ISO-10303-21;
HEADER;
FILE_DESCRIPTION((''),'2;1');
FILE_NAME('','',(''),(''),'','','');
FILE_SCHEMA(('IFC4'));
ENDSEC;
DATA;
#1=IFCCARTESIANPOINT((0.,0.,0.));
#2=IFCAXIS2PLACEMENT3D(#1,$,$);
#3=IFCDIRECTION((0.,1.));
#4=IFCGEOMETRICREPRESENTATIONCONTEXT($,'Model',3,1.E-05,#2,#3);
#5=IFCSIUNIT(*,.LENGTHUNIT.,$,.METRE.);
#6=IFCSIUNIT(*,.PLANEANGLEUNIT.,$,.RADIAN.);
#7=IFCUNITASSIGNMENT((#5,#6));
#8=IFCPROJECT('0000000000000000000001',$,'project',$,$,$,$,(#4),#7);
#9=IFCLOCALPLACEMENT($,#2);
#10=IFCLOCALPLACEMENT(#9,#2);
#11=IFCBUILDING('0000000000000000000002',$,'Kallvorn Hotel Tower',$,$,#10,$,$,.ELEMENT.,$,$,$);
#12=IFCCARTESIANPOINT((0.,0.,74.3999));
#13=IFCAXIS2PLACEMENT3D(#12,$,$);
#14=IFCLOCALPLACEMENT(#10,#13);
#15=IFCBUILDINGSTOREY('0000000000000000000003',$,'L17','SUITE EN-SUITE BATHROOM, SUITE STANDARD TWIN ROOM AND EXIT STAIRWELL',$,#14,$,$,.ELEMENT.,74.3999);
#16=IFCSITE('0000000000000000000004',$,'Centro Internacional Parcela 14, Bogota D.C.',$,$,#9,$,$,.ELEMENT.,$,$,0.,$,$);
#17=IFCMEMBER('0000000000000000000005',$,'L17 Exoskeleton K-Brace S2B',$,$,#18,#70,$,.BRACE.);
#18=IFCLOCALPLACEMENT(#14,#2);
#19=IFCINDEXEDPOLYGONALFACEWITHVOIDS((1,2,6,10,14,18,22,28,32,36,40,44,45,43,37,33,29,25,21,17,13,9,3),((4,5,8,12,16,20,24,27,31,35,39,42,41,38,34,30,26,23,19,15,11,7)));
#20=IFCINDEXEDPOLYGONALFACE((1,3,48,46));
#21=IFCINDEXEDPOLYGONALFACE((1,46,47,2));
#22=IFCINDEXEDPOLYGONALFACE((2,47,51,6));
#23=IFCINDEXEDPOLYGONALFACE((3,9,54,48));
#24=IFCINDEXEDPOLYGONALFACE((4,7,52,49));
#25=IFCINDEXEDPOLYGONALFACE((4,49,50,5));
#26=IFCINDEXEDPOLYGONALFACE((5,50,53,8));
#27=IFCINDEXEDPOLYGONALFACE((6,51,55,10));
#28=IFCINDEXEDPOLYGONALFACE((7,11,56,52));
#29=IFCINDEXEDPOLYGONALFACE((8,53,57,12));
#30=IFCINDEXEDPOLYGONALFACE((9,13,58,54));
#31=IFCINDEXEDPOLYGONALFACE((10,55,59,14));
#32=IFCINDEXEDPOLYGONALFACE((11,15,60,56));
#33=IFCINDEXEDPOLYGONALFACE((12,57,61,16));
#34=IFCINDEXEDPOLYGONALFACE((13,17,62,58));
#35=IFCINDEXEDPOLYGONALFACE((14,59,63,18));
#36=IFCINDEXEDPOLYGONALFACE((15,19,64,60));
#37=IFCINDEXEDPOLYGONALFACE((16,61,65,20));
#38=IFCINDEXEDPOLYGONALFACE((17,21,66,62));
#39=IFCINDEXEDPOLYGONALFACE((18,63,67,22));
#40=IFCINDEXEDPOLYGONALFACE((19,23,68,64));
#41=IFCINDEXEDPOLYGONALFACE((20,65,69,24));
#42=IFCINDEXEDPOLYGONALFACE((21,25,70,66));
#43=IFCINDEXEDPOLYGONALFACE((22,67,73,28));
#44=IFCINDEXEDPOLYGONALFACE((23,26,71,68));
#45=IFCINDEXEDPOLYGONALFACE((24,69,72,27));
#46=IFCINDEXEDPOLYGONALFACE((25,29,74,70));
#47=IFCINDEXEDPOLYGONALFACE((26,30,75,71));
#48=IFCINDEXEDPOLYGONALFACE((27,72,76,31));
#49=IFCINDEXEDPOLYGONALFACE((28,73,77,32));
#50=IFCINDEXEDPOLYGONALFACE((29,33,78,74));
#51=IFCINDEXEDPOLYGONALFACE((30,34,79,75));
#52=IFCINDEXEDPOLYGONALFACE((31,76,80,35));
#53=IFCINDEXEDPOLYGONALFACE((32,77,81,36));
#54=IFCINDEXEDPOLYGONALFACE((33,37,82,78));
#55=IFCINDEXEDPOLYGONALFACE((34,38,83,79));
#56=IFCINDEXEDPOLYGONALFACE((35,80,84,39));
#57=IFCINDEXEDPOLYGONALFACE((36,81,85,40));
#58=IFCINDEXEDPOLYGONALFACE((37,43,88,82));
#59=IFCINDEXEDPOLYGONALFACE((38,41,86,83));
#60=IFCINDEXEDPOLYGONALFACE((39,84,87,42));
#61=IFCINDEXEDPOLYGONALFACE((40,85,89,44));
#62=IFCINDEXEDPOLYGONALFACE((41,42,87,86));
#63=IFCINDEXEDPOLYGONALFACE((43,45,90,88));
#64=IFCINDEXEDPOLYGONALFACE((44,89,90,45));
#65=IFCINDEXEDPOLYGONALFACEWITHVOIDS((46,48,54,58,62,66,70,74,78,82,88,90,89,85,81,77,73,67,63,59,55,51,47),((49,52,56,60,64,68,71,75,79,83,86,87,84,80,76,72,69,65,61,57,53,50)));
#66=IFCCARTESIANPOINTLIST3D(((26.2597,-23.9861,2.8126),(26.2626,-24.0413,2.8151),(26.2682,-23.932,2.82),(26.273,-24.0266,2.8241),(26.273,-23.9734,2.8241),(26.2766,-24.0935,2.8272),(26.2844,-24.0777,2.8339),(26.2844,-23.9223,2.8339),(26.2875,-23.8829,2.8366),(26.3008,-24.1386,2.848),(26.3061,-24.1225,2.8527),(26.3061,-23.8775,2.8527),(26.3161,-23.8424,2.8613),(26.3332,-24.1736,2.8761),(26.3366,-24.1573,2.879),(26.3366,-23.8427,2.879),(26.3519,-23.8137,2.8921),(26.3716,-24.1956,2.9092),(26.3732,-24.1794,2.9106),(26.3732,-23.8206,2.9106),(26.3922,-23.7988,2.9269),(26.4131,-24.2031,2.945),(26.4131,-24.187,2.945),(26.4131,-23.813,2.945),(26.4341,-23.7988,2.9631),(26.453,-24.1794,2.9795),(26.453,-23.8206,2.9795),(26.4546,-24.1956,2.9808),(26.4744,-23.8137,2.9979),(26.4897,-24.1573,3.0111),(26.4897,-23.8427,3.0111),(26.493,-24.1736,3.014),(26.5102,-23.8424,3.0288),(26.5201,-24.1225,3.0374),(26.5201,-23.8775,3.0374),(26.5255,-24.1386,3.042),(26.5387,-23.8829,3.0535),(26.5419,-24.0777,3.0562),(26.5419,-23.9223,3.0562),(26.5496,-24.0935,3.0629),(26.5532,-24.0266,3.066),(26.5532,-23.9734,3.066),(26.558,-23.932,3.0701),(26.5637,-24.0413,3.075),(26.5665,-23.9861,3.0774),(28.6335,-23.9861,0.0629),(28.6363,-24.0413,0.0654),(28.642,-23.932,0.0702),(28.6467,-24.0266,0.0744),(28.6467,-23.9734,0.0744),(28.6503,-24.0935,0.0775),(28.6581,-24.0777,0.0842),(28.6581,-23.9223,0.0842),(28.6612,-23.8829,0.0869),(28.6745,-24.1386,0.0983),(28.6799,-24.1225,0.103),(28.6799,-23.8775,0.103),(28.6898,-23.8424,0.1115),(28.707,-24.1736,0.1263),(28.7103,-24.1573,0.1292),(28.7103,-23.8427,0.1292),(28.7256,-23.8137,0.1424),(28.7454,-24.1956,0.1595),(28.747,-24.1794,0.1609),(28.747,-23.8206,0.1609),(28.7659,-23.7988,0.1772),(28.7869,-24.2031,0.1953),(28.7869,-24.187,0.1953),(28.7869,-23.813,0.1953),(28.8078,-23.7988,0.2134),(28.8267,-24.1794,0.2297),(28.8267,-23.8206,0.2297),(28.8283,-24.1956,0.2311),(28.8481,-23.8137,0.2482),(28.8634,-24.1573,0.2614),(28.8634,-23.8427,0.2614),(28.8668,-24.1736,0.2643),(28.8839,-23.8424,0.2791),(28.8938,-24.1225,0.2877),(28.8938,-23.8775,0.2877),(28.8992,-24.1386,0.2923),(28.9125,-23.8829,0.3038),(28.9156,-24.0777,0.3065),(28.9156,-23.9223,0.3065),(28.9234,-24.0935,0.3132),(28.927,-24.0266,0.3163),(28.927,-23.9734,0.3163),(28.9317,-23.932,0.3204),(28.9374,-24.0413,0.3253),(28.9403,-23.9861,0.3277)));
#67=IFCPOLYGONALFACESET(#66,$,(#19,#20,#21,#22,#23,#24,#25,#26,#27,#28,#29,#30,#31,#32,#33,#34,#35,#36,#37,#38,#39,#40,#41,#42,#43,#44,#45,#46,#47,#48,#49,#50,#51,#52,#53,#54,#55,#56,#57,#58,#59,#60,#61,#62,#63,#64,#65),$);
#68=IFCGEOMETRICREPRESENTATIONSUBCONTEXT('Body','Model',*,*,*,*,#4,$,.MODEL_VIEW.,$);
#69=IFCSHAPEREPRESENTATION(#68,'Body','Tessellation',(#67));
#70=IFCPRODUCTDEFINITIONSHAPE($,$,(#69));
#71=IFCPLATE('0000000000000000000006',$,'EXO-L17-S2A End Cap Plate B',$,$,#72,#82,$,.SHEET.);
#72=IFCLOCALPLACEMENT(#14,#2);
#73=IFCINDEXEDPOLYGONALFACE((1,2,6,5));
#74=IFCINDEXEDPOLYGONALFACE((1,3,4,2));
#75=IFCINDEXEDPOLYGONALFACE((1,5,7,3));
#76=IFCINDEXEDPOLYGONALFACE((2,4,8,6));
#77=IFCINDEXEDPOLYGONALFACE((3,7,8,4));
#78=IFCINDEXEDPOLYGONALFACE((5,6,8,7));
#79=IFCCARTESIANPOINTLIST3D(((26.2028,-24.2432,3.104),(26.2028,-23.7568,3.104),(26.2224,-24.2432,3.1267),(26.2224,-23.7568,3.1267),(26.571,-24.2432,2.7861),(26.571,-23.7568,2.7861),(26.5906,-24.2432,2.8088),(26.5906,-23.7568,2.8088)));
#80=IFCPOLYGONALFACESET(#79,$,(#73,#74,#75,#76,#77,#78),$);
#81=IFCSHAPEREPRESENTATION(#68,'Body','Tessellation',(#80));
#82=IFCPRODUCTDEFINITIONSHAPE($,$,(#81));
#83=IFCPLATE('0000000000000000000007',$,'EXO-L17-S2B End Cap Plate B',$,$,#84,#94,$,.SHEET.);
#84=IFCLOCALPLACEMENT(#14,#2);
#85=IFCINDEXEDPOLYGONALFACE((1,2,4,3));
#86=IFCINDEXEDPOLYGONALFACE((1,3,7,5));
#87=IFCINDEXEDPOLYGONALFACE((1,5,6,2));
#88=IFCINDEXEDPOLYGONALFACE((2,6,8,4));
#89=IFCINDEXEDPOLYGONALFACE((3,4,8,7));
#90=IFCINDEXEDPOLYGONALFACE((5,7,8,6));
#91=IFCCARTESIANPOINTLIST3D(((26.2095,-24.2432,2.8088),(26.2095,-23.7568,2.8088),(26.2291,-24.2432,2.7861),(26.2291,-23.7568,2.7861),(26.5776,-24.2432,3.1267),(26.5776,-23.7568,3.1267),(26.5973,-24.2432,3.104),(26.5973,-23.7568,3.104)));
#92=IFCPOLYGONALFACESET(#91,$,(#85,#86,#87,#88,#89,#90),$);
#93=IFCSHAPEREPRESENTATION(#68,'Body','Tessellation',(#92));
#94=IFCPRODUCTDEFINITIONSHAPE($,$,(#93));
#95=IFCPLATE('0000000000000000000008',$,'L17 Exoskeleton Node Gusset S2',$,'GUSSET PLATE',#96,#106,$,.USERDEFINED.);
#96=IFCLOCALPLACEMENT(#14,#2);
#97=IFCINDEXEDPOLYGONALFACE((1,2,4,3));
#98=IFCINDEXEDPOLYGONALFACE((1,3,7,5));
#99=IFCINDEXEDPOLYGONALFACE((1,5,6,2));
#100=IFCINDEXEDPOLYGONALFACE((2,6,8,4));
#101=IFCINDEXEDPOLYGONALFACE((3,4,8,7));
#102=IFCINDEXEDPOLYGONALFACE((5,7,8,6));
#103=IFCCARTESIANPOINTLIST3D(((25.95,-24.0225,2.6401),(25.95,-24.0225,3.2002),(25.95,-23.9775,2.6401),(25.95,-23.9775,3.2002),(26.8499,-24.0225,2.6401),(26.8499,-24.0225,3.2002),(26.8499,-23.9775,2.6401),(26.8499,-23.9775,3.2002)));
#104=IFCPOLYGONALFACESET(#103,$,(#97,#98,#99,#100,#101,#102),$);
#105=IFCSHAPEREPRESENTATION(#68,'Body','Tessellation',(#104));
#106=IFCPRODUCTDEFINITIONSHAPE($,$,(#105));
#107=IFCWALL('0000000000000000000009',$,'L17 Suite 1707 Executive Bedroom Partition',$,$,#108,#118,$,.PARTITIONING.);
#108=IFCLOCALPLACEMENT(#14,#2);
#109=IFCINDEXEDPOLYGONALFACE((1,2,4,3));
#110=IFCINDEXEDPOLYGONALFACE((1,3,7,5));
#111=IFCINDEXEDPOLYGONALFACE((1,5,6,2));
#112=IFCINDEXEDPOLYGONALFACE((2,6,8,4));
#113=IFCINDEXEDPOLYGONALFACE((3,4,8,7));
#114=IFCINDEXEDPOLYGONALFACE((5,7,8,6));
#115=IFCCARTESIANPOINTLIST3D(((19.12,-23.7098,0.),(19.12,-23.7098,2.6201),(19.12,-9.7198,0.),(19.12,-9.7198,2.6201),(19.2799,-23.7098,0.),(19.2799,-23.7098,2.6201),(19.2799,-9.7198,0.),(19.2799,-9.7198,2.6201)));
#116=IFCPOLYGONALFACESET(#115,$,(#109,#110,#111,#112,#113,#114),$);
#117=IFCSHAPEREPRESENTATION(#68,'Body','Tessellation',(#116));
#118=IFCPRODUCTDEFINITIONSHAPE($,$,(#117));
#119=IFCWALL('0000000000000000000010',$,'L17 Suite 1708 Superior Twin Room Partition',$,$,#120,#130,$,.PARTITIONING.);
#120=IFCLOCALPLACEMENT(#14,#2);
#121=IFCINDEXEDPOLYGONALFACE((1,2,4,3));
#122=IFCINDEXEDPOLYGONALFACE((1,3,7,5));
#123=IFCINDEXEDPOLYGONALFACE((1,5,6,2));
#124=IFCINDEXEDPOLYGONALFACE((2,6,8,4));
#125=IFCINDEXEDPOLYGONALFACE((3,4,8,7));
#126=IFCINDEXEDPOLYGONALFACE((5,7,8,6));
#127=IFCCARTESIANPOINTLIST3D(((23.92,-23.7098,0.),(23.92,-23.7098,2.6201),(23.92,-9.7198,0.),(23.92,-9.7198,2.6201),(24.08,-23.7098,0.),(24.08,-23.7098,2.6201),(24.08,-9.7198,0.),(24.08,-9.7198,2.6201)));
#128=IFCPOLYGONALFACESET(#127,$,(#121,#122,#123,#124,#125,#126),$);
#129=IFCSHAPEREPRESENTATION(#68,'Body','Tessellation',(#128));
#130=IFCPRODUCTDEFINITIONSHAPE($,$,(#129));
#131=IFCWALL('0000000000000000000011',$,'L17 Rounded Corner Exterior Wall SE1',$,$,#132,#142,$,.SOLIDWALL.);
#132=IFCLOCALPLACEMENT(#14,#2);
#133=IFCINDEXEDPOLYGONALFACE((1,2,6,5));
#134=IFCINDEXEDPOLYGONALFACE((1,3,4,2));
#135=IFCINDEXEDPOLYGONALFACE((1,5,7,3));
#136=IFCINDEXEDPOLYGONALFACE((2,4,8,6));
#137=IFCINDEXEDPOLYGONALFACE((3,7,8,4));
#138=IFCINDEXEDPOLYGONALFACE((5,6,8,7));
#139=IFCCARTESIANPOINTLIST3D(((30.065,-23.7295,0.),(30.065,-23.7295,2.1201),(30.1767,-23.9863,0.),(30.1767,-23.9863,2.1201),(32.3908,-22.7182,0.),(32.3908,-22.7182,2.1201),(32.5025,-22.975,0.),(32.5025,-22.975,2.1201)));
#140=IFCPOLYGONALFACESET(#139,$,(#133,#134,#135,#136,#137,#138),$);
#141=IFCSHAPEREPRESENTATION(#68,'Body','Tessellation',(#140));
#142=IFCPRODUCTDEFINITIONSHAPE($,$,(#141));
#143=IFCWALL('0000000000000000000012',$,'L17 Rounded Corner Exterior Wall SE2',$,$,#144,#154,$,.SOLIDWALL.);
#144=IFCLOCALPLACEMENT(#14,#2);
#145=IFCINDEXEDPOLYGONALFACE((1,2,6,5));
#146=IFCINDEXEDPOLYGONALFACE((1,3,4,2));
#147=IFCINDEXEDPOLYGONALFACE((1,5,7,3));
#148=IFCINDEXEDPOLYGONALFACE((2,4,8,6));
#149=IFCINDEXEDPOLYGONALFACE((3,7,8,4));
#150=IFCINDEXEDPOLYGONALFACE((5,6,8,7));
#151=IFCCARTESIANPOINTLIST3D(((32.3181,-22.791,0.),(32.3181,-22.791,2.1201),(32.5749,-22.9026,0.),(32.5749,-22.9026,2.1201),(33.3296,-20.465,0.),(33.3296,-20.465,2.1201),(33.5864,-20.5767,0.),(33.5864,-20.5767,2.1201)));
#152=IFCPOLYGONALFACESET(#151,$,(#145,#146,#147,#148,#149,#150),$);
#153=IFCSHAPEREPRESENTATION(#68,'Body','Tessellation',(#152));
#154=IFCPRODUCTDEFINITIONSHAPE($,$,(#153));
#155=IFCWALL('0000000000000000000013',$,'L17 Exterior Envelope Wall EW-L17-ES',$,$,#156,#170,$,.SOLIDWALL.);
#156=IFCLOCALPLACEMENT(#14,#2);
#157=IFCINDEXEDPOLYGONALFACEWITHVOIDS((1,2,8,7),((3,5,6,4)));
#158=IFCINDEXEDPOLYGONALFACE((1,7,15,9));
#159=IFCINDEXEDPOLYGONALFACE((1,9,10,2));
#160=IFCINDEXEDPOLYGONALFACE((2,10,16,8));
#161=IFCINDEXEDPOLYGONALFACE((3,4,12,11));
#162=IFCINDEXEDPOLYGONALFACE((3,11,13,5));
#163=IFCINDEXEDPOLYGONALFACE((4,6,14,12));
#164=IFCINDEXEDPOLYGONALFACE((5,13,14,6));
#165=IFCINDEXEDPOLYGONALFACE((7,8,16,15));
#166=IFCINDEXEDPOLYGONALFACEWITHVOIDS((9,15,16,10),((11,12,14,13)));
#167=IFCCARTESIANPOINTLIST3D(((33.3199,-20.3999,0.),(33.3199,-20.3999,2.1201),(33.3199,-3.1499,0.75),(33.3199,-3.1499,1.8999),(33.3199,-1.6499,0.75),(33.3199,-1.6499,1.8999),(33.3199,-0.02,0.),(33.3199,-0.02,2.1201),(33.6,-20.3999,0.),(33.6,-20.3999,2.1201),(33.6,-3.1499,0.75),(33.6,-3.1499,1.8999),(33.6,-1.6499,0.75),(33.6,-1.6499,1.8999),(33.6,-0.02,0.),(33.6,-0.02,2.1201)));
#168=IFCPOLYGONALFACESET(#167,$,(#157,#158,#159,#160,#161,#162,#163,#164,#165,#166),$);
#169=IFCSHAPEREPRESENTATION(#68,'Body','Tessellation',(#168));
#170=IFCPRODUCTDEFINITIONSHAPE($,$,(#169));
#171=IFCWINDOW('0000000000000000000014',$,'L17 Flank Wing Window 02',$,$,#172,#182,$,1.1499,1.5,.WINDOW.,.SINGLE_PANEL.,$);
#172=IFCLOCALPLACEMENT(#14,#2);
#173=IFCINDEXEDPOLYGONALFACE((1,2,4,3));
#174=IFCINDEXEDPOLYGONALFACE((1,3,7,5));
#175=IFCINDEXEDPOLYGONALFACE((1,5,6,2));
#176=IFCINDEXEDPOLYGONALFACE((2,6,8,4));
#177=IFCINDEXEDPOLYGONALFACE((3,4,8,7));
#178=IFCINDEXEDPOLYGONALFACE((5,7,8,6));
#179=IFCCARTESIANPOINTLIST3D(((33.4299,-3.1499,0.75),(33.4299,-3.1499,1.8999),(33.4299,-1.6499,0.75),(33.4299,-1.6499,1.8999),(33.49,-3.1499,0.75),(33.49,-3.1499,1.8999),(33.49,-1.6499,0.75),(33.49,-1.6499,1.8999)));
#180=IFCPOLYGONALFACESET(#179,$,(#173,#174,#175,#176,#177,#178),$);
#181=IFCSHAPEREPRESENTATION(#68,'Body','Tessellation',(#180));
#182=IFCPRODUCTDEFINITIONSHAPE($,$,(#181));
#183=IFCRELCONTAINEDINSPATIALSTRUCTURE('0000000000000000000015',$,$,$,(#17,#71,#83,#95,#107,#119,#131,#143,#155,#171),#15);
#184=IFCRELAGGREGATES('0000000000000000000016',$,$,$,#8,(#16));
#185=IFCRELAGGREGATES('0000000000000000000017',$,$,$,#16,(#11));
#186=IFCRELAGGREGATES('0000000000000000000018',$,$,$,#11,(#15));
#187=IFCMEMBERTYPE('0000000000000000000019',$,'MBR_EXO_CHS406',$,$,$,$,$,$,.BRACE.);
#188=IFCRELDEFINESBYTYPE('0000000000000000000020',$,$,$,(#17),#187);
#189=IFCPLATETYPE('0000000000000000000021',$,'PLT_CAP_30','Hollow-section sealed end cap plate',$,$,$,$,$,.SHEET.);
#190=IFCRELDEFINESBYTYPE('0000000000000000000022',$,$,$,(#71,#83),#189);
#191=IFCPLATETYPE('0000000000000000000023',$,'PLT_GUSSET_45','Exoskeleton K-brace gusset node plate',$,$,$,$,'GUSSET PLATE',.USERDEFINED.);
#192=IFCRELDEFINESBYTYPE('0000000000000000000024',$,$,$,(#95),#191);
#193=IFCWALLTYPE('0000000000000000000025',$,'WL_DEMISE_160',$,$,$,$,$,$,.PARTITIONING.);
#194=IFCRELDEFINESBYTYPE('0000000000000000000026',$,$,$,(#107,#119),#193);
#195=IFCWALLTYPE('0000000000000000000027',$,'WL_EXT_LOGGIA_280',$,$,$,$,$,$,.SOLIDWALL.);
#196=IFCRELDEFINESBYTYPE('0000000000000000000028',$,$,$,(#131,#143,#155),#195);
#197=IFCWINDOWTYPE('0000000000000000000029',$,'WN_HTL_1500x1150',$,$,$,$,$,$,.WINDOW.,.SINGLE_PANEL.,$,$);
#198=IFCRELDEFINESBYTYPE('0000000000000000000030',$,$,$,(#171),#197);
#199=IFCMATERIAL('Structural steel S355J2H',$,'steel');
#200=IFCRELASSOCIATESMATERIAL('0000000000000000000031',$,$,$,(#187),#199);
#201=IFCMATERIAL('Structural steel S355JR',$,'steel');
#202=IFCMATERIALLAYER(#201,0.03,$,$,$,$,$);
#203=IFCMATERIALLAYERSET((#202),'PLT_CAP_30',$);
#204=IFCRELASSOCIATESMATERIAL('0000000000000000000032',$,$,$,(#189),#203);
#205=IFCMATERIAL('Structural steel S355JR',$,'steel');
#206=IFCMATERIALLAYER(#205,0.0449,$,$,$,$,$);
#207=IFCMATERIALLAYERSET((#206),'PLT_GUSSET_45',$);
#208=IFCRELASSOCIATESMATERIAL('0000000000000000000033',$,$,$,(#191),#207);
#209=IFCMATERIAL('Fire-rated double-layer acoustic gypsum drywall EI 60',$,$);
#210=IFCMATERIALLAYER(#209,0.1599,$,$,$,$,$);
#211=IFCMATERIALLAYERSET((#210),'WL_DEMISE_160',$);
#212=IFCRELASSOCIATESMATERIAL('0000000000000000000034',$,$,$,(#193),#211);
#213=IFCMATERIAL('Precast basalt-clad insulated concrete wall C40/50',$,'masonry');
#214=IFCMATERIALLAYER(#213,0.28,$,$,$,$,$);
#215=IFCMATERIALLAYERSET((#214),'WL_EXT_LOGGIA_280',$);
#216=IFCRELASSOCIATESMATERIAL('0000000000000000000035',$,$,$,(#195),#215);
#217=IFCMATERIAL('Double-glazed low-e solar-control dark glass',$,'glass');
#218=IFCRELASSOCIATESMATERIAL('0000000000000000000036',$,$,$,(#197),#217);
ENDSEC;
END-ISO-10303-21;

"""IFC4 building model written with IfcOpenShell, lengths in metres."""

from ifc_helpers import new_model, si_unit, direction, frame, frame_2d, origin, origin_2d, place, context, subcontext, project, spatial, polyline, rectangle, hollow_circle, outline, extrude, material, layer, layer_set, material_profile, profile_set, type_object, element, fill, save


model = new_model("IFC4")

# Units and contexts
model_context = context("Model", 3, precision=1e-05, world=origin(), true_north=direction((0.0, 1.0)))
body_context = subcontext(model_context, "Body", "Model", "MODEL_VIEW")
ifc_project = project(units=[si_unit("LENGTHUNIT", "METRE"), si_unit("PLANEANGLEUNIT", "RADIAN")], contexts=[model_context])

# Site, building, storey
site_placement = place(None, origin())
site = spatial("IfcSite", under=ifc_project, at=site_placement, Name="Centro Internacional Parcela 14, Bogota D.C.", CompositionType="ELEMENT", RefElevation=0.0)
building_placement = place(site_placement, origin())
building = spatial("IfcBuilding", under=site, at=building_placement, Name="Kallvorn Hotel Tower", CompositionType="ELEMENT")
storey_placement = place(building_placement, frame((0.0, 0.0, 74.3999)))
storey = spatial("IfcBuildingStorey", under=building, at=storey_placement, Name="L17", Description="SUITE EN-SUITE BATHROOM, SUITE STANDARD TWIN ROOM AND EXIT STAIRWELL", CompositionType="ELEMENT", Elevation=74.3999)

# Member
ifc_material_1 = material(Name="Structural steel S355J2H", Category="steel")
ifc_material_profile_1 = material_profile(ifc_material_1, hollow_circle(Radius=0.2031, WallThickness=0.0161, at=origin_2d()), Name="CHS 406.4x16")
ifc_profile_set_1 = profile_set([ifc_material_profile_1], Name="Structural steel S355J2H")
member_type = type_object("IfcMemberType", Name="MBR_EXO_CHS406", PredefinedType="BRACE", material=ifc_profile_set_1)
for number, where, z_axis, x_axis, name in (
    (1, (28.7869, -24.0, 0.1953), (-0.653461, 0.0, 0.756961), (0.0, -1.0, 0.0), "L17 Exoskeleton K-Brace S2B"),
):
    element("IfcMember", number, at=place(storey_placement, frame(where, z_axis=z_axis, x_axis=x_axis)), inside=storey, type_object=member_type, Name=name, PredefinedType="BRACE", context=body_context, shape_type="SweptSolid", body=[
        extrude(hollow_circle(Radius=0.2031, WallThickness=0.0161, at=origin_2d()), origin(), (0.0, 0.0, 1.0), 3.6326),
    ])

# Plates
ifc_material_2 = material(Name="Structural steel S355JR", Category="steel")
ifc_layer_1 = layer(ifc_material_2, 0.03)
ifc_layer_set_1 = layer_set([ifc_layer_1], Name="PLT_CAP_30")
plate_type_1 = type_object("IfcPlateType", Name="PLT_CAP_30", Description="Hollow-section sealed end cap plate", PredefinedType="SHEET", material=ifc_layer_set_1)
for number, where, z_axis, x_axis, name in (
    (2, (26.5906, -24.2432, 2.8088), (0.653515, 0.0, 0.756913), (0.0, 1.0, 0.0), "EXO-L17-S2A End Cap Plate B"),
    (3, (26.2095, -23.7568, 2.8088), (-0.653515, 0.0, 0.756913), (0.0, -1.0, 0.0), "EXO-L17-S2B End Cap Plate B"),
):
    element("IfcPlate", number, at=place(storey_placement, frame(where, z_axis=z_axis, x_axis=x_axis)), inside=storey, type_object=plate_type_1, Name=name, PredefinedType="SHEET", context=body_context, shape_type="SweptSolid", body=[
        extrude(outline(polyline([(0.0, 0.0), (0.4863, 0.0), (0.4863, 0.4864), (0.0, 0.4864), (0.0, 0.0)])), origin(), (0.0, 0.0, -1.0), 0.03),
    ])
ifc_material_3 = material(Name="Structural steel S355JR", Category="steel")
ifc_layer_2 = layer(ifc_material_3, 0.0449)
ifc_layer_set_2 = layer_set([ifc_layer_2], Name="PLT_GUSSET_45")
plate_type_2 = type_object("IfcPlateType", Name="PLT_GUSSET_45", Description="Exoskeleton K-brace gusset node plate", ElementType="GUSSET PLATE", PredefinedType="USERDEFINED", material=ifc_layer_set_2)
plate_placement = place(storey_placement, frame((26.3999, -24.0, 2.6401), z_axis=(0.0, 0.0, 1.0), x_axis=(1.0, 0.0, 0.0)))
element("IfcPlate", 4, at=plate_placement, inside=storey, type_object=plate_type_2, Name="L17 Exoskeleton Node Gusset S2", ObjectType="GUSSET PLATE", PredefinedType="USERDEFINED", context=body_context, shape_type="SweptSolid", body=[
    extrude(rectangle(XDim=0.8999, YDim=0.0449, at=origin_2d()), origin(), (0.0, 0.0, 1.0), 0.5601),
])

# Walls
ifc_material_4 = material(Name="Fire-rated double-layer acoustic gypsum drywall EI 60")
ifc_layer_3 = layer(ifc_material_4, 0.1599)
ifc_layer_set_3 = layer_set([ifc_layer_3], Name="WL_DEMISE_160")
wall_type_1 = type_object("IfcWallType", Name="WL_DEMISE_160", PredefinedType="PARTITIONING", material=ifc_layer_set_3)
for number, where, z_axis, x_axis, name in (
    (5, (19.2, -23.71, 0.0), (0.0, 0.0, 1.0), (0.0, 1.0, 0.0), "L17 Suite 1707 Executive Bedroom Partition"),
    (6, (24.0, -23.71, 0.0), (0.0, 0.0, 1.0), (0.0, 1.0, 0.0), "L17 Suite 1708 Superior Twin Room Partition"),
):
    element("IfcWall", number, at=place(storey_placement, frame(where, z_axis=z_axis, x_axis=x_axis)), inside=storey, type_object=wall_type_1, Name=name, PredefinedType="PARTITIONING", context=body_context, shape_type="SweptSolid", body=[
        extrude(rectangle(XDim=13.99, YDim=0.1599, at=frame_2d((6.9951, 0.0))), origin(), (0.0, 0.0, 1.0), 2.6201),
    ])
ifc_material_5 = material(Name="Precast basalt-clad insulated concrete wall C40/50", Category="masonry")
ifc_layer_4 = layer(ifc_material_5, 0.28)
ifc_layer_set_4 = layer_set([ifc_layer_4], Name="WL_EXT_LOGGIA_280")
wall_type_2 = type_object("IfcWallType", Name="WL_EXT_LOGGIA_280", PredefinedType="SOLIDWALL", material=ifc_layer_set_4)
wall_1_placement = place(storey_placement, frame((30.1208, -23.8579, 0.0), z_axis=(0.0, 0.0, 1.0), x_axis=(0.917061, 0.398747, 0.0)))
element("IfcWall", 7, at=wall_1_placement, inside=storey, type_object=wall_type_2, Name="L17 Rounded Corner Exterior Wall SE1", PredefinedType="SOLIDWALL", context=body_context, shape_type="SweptSolid", body=[
    extrude(rectangle(XDim=2.5361, YDim=0.28, at=frame_2d((1.2681, 0.0))), origin(), (0.0, 0.0, 1.0), 2.1201),
])
wall_2_placement = place(storey_placement, frame((32.4465, -22.8467, 0.0), z_axis=(0.0, 0.0, 1.0), x_axis=(0.398793, 0.917041, 0.0)))
element("IfcWall", 8, at=wall_2_placement, inside=storey, type_object=wall_type_2, Name="L17 Rounded Corner Exterior Wall SE2", PredefinedType="SOLIDWALL", context=body_context, shape_type="SweptSolid", body=[
    extrude(rectangle(XDim=2.5364, YDim=0.28, at=frame_2d((1.2681, 0.0))), origin(), (0.0, 0.0, 1.0), 2.1201),
])

# Wall, opening, window
wall_3_placement = place(storey_placement, frame((33.46, -20.3999, 0.0), z_axis=(0.0, 0.0, 1.0), x_axis=(0.0, 1.0, 0.0)))
wall_3 = element("IfcWall", 9, at=wall_3_placement, inside=storey, type_object=wall_type_2, Name="L17 Exterior Envelope Wall EW-L17-ES", PredefinedType="SOLIDWALL", context=body_context, shape_type="SweptSolid", body=[
    extrude(rectangle(XDim=20.3799, YDim=0.28, at=frame_2d((10.1899, 0.0))), origin(), (0.0, 0.0, 1.0), 2.1201),
])
opening_placement = place(wall_3_placement, frame((17.25, 0.0, 0.75)))
opening = element("IfcOpeningElement", 10, at=opening_placement, cuts=wall_3, PredefinedType="OPENING", context=body_context, shape_type="SweptSolid", body=[
    extrude(rectangle(XDim=1.5, YDim=1.1499, at=frame_2d((0.75, 0.575))), frame((0.0, 0.155, 0.0), z_axis=(0.0, -1.0, 0.0), x_axis=(1.0, 0.0, 0.0)), (0.0, 0.0, 1.0), 0.3101),
])
ifc_material_6 = material(Name="Double-glazed low-e solar-control dark glass", Category="glass")
window_type = type_object("IfcWindowType", Name="WN_HTL_1500x1150", PartitioningType="SINGLE_PANEL", PredefinedType="WINDOW", material=ifc_material_6)
window_placement = place(opening_placement, origin())
window = element("IfcWindow", 11, at=window_placement, inside=storey, type_object=window_type, Name="L17 Flank Wing Window 02", OverallHeight=1.1499, OverallWidth=1.5, PartitioningType="SINGLE_PANEL", PredefinedType="WINDOW", context=body_context, shape_type="SweptSolid", body=[
    extrude(rectangle(XDim=1.5, YDim=1.1499, at=frame_2d((0.75, 0.575))), frame((0.0, 0.03, 0.0), z_axis=(0.0, -1.0, 0.0), x_axis=(1.0, 0.0, 0.0)), (0.0, 0.0, 1.0), 0.0601),
])
fill(opening, window)

save(model, "model.ifc")
